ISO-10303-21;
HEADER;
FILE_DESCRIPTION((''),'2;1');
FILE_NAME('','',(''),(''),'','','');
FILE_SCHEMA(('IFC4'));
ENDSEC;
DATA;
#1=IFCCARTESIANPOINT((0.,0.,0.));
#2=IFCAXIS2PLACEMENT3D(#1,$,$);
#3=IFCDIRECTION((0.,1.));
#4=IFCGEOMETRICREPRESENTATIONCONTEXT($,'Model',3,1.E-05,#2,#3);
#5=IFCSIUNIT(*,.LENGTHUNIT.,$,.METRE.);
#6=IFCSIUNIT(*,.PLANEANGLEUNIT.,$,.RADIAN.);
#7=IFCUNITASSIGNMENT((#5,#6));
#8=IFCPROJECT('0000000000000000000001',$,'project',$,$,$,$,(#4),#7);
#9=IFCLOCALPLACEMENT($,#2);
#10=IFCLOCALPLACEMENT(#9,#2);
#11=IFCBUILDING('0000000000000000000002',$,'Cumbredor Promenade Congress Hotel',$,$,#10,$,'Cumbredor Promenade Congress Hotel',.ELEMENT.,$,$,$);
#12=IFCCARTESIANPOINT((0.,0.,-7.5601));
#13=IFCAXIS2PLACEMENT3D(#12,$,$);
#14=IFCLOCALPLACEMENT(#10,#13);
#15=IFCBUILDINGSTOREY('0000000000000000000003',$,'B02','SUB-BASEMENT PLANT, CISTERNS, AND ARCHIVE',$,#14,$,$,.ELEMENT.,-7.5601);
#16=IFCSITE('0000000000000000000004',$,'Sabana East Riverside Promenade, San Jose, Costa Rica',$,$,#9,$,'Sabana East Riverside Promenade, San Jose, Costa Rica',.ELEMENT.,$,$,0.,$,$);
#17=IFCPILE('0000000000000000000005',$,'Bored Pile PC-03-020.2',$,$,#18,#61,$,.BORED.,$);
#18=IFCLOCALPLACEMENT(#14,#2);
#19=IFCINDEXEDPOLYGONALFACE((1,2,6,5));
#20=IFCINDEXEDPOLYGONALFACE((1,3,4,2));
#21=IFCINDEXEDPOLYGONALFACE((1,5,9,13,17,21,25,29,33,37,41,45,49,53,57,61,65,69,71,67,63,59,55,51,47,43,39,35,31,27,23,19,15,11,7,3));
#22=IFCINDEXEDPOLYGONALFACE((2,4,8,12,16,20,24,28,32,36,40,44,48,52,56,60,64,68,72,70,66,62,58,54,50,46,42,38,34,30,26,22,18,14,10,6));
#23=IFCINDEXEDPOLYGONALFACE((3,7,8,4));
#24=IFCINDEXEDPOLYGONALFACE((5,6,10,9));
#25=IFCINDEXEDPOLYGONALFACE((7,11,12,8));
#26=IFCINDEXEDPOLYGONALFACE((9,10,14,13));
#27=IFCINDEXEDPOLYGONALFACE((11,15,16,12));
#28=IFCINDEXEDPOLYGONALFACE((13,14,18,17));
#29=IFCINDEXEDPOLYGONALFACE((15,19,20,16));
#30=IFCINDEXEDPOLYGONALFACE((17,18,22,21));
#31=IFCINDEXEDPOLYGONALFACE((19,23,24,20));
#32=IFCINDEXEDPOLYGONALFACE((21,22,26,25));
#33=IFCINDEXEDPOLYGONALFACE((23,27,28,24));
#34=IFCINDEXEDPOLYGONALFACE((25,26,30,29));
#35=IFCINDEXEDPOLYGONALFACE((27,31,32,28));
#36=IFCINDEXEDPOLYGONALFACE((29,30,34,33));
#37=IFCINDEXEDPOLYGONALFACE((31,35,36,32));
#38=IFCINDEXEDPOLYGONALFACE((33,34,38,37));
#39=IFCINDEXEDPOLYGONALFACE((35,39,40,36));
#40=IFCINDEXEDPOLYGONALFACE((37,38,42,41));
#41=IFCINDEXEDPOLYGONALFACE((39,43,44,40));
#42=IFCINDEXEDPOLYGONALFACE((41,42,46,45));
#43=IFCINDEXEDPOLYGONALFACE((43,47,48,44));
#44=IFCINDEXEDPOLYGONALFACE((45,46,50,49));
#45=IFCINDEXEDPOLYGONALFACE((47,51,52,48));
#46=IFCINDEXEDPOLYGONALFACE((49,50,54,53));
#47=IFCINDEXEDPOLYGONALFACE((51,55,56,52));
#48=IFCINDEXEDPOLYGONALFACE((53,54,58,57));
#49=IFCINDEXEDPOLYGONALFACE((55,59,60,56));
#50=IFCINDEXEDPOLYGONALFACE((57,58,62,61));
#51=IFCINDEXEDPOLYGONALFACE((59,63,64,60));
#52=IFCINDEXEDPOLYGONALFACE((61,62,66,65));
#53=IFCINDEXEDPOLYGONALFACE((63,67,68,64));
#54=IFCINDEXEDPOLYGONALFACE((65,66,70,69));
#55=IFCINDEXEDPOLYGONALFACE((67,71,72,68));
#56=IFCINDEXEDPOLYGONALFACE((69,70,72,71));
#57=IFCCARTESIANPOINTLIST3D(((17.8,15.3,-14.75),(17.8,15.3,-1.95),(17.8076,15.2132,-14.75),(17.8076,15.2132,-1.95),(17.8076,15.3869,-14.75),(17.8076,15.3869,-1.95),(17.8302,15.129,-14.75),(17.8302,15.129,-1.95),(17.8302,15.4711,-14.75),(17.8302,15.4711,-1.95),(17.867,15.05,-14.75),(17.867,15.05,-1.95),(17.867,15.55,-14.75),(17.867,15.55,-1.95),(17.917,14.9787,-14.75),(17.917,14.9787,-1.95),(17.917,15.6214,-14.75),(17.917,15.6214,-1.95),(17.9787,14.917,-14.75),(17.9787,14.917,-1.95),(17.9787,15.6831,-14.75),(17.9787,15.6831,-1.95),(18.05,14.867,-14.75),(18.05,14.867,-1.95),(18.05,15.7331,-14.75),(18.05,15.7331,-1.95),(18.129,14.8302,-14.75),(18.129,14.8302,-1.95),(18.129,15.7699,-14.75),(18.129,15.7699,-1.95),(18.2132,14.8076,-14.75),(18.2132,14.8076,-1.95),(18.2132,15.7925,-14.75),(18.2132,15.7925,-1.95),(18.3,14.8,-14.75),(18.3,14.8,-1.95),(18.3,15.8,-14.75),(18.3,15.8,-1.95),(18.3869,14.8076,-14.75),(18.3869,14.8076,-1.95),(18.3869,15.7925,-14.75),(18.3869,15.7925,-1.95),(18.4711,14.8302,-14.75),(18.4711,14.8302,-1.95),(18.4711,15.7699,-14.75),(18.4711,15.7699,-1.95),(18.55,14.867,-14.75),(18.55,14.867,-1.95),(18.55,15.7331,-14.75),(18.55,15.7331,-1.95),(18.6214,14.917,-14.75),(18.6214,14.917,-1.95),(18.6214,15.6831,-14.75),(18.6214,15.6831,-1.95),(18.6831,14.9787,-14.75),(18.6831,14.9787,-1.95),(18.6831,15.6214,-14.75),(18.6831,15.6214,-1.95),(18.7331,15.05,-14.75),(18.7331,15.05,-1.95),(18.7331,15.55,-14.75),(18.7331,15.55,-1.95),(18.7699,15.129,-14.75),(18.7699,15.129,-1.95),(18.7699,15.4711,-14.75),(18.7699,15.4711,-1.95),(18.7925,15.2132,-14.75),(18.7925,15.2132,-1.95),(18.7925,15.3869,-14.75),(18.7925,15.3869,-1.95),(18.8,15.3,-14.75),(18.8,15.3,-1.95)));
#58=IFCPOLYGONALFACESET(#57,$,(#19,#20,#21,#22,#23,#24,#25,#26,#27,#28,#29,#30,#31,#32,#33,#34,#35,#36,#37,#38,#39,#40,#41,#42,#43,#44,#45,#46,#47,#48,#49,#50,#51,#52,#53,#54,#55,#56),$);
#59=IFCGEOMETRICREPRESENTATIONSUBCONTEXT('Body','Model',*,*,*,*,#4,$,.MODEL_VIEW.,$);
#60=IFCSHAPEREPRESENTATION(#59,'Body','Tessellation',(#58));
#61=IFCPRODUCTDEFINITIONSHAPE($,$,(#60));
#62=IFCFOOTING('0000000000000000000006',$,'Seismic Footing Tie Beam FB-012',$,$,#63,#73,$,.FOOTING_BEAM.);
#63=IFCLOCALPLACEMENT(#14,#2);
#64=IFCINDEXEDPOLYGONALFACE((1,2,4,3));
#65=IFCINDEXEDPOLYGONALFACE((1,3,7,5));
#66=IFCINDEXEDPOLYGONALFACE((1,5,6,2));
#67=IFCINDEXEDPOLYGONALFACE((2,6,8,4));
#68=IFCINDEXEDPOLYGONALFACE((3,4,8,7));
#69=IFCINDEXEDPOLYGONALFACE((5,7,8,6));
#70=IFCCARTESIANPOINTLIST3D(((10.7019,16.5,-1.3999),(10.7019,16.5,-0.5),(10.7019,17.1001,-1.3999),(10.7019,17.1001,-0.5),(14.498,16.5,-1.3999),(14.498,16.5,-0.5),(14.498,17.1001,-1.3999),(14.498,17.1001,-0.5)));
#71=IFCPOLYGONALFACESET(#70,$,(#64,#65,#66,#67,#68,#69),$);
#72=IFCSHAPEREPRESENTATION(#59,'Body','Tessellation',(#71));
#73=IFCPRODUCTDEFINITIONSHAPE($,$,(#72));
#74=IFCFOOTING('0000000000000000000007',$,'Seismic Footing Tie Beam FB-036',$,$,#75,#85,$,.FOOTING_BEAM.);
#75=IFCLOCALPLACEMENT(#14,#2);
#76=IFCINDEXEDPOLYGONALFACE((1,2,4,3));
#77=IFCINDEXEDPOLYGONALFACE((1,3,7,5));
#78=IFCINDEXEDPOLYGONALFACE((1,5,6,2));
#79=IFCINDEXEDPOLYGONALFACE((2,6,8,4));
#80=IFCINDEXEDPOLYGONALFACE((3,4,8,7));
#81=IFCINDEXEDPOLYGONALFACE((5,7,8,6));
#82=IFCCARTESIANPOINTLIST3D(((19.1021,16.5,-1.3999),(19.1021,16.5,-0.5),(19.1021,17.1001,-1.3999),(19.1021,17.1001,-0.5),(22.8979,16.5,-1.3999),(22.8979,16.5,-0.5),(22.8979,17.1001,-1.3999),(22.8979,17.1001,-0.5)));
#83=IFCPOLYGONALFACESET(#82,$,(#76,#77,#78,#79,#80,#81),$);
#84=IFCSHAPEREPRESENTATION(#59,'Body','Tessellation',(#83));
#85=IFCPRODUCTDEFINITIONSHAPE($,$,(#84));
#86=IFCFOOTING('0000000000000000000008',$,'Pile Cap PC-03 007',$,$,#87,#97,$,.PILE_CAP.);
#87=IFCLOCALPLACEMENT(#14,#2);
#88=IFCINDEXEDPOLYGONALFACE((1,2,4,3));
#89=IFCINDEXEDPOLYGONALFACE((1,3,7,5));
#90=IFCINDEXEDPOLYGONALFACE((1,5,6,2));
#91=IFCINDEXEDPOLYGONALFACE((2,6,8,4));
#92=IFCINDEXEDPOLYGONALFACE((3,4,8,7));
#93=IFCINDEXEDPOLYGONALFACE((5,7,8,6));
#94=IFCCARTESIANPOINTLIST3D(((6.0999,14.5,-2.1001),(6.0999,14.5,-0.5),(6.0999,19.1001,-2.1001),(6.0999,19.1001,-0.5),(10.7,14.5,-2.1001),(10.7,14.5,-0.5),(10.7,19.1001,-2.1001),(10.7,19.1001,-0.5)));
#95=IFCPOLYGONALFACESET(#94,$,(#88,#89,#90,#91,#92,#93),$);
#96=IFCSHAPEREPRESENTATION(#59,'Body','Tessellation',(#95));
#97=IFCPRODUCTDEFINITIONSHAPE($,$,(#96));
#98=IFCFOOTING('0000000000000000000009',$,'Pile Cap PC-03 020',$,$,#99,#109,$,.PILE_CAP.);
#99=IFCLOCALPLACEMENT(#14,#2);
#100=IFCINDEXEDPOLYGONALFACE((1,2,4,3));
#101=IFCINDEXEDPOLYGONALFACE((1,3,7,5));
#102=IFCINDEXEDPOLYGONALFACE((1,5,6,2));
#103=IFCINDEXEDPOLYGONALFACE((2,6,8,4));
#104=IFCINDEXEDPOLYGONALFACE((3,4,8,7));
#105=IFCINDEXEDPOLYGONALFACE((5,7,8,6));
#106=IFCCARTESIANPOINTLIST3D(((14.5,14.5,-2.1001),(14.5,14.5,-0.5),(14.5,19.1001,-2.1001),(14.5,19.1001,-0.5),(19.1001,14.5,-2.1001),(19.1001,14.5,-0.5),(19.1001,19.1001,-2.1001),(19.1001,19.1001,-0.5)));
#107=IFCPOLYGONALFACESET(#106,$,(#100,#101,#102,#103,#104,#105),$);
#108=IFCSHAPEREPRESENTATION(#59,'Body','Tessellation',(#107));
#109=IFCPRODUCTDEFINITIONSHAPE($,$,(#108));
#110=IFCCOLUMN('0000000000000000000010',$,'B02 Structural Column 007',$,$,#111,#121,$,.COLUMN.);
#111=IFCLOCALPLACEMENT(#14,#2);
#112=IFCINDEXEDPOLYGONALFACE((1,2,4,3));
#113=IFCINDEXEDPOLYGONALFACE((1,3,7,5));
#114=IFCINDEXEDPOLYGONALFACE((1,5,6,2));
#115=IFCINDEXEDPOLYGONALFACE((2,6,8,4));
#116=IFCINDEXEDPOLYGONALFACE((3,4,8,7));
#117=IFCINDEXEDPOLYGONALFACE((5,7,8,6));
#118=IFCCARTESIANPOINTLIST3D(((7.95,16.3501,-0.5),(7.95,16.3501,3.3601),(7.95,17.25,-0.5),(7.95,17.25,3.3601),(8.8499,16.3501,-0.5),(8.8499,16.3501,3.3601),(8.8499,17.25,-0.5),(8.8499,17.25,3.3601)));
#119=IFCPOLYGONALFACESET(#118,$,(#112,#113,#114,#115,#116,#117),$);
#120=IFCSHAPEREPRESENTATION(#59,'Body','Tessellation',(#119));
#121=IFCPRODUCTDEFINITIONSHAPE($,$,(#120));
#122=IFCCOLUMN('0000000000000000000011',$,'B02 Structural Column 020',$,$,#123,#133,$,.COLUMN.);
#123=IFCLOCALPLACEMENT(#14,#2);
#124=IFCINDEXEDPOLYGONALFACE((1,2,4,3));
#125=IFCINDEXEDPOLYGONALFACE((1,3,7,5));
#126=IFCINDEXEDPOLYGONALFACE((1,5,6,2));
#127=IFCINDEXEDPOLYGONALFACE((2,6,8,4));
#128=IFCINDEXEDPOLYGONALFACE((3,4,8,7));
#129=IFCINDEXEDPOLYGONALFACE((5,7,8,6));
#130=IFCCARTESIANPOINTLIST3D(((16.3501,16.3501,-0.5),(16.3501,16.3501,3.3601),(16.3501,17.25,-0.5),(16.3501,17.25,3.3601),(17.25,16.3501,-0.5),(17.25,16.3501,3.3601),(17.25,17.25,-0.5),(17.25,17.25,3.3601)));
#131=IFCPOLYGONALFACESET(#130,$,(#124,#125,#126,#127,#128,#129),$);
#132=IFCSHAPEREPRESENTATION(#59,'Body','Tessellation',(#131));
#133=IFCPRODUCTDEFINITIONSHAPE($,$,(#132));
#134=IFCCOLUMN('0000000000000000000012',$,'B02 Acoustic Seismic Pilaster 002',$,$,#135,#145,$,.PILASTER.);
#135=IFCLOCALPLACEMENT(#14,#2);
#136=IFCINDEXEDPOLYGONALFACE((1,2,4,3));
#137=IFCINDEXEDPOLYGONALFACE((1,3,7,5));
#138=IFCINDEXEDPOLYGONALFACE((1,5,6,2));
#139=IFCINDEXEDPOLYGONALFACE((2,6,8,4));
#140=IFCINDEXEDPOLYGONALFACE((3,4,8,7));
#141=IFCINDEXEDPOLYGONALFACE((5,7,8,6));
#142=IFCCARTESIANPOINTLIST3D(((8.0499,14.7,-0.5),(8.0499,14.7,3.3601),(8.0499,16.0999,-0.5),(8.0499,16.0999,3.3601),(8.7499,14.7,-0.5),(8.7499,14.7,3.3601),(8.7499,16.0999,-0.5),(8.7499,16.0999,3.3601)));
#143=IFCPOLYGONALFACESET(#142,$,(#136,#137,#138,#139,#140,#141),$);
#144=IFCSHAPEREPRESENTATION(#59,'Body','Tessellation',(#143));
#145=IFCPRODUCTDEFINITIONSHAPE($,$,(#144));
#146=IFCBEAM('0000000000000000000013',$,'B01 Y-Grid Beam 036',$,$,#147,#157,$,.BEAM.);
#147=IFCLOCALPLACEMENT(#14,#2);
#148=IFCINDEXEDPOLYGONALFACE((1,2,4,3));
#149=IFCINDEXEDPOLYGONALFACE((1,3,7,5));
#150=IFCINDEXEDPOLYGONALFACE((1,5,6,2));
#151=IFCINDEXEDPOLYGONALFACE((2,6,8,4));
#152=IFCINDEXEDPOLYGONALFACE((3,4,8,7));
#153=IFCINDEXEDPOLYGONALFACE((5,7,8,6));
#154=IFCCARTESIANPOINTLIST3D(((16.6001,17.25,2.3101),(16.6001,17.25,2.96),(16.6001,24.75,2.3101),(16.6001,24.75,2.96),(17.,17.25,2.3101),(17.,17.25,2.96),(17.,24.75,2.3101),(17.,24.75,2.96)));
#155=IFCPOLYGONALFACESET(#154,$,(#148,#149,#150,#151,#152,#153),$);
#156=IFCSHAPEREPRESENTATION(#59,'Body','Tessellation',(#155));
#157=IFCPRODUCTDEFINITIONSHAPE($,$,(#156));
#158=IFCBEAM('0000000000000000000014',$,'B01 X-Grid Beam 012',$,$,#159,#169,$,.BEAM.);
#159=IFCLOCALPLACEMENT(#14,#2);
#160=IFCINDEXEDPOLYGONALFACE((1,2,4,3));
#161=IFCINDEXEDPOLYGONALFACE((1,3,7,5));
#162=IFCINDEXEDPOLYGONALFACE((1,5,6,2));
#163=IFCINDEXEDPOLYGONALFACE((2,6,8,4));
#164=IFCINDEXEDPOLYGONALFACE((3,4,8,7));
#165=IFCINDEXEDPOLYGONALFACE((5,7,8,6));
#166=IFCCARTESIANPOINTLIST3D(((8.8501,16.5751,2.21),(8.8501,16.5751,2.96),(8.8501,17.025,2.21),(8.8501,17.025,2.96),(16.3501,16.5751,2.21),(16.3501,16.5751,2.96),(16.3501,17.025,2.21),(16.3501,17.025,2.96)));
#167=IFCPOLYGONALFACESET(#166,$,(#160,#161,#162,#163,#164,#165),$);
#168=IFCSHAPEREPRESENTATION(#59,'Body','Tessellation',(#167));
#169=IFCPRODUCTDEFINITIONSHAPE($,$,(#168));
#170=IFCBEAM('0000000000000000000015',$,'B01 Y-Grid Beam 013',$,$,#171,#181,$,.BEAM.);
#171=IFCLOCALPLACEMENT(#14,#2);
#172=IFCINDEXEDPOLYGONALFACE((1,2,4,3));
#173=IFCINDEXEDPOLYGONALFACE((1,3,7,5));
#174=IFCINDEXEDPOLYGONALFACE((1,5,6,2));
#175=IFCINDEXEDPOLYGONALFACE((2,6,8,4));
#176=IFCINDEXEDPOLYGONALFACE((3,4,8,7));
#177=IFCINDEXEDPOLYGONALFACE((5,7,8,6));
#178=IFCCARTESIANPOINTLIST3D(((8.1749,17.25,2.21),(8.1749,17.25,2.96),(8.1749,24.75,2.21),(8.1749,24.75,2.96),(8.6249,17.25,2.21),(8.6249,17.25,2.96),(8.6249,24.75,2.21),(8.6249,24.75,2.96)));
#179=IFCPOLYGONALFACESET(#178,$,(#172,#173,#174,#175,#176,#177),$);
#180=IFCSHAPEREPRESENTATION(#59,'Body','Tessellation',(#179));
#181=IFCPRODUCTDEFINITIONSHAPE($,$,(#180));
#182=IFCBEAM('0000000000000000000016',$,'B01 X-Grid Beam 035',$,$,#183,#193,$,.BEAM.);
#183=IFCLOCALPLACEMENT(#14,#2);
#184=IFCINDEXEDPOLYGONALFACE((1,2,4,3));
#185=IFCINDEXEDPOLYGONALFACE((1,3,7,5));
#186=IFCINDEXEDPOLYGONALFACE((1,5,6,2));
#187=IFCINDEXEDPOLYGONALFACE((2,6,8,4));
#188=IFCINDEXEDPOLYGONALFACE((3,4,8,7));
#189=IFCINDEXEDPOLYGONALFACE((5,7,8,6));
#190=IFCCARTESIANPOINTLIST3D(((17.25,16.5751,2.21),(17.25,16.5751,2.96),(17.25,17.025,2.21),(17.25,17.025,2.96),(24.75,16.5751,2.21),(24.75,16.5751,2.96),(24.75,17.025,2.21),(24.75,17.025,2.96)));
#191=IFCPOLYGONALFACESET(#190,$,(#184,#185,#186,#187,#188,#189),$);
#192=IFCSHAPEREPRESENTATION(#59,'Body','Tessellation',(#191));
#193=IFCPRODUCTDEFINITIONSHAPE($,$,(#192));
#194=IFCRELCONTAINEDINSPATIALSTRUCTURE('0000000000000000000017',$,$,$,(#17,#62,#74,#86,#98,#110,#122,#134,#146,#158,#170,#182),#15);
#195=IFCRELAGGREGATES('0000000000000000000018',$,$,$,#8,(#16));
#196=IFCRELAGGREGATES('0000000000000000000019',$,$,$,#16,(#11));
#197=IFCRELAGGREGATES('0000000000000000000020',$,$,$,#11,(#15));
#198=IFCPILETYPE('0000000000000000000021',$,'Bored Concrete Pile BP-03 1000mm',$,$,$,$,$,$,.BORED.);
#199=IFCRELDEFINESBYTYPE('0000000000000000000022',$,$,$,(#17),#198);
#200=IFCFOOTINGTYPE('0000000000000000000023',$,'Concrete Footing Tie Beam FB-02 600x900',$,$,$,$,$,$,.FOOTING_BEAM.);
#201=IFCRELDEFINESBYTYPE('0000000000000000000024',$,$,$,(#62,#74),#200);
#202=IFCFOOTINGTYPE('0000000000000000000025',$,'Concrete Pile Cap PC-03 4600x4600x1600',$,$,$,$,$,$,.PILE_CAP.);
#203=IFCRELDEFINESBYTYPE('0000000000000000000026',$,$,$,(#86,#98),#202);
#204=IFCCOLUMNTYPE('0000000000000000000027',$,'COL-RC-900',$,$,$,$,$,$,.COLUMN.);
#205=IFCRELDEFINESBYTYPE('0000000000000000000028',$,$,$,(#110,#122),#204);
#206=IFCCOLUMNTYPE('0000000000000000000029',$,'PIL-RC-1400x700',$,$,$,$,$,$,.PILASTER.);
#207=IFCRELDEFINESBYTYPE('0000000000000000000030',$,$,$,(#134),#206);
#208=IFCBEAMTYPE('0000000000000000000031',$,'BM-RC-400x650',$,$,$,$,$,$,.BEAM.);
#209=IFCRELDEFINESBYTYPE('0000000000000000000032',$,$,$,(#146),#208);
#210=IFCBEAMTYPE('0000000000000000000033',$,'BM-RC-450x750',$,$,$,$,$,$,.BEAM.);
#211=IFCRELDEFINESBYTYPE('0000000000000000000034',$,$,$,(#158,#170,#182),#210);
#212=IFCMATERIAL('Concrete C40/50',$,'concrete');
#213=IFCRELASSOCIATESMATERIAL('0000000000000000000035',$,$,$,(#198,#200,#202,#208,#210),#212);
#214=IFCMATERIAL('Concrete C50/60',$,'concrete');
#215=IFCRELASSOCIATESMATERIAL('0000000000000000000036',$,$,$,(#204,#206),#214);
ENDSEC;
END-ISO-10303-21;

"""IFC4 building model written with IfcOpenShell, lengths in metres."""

from ifc_helpers import new_model, si_unit, direction, frame, origin, origin_2d, place, context, subcontext, project, spatial, rectangle, circle, extrude, material, material_profile, profile_set, type_object, element, save


model = new_model("IFC4")

# Units and contexts
model_context = context("Model", 3, precision=1e-05, world=origin(), true_north=direction((0.0, 1.0)))
body_context = subcontext(model_context, "Body", "Model", "MODEL_VIEW")
ifc_project = project(units=[si_unit("LENGTHUNIT", "METRE"), si_unit("PLANEANGLEUNIT", "RADIAN")], contexts=[model_context])

# Site, building, storey
site_placement = place(None, origin())
site = spatial("IfcSite", under=ifc_project, at=site_placement, Name="Sabana East Riverside Promenade, San Jose, Costa Rica", LongName="Sabana East Riverside Promenade, San Jose, Costa Rica", CompositionType="ELEMENT", RefElevation=0.0)
building_placement = place(site_placement, origin())
building = spatial("IfcBuilding", under=site, at=building_placement, Name="Cumbredor Promenade Congress Hotel", LongName="Cumbredor Promenade Congress Hotel", CompositionType="ELEMENT")
storey_placement = place(building_placement, frame((0.0, 0.0, -7.5601)))
storey = spatial("IfcBuildingStorey", under=building, at=storey_placement, Name="B02", Description="SUB-BASEMENT PLANT, CISTERNS, AND ARCHIVE", CompositionType="ELEMENT", Elevation=-7.5601)

# Pile
ifc_material_1 = material(Name="Concrete C40/50", Category="concrete")
ifc_material_profile_1 = material_profile(ifc_material_1, circle(Radius=0.5, at=origin_2d()), Name="PILE D1000")
ifc_profile_set_1 = profile_set([ifc_material_profile_1], Name="Concrete C40/50")
pile_type = type_object("IfcPileType", Name="Bored Concrete Pile BP-03 1000mm", PredefinedType="BORED", material=ifc_profile_set_1)
for number, where, z_axis, x_axis, name in (
    (1, (18.3, 15.3, -1.95), (0.0, 0.0, -1.0), (1.0, 0.0, 0.0), "Bored Pile PC-03-020.2"),
):
    element("IfcPile", number, at=place(storey_placement, frame(where, z_axis=z_axis, x_axis=x_axis)), inside=storey, type_object=pile_type, Name=name, PredefinedType="BORED", context=body_context, shape_type="SweptSolid", body=[
        extrude(circle(Radius=0.5, at=origin_2d()), origin(), (0.0, 0.0, 1.0), 12.8),
    ])

# Footings
ifc_material_profile_2 = material_profile(ifc_material_1, rectangle(XDim=0.6001, YDim=0.8999, at=origin_2d()), Name="FB 600x900")
ifc_profile_set_2 = profile_set([ifc_material_profile_2], Name="Concrete C40/50")
footing_type_1 = type_object("IfcFootingType", Name="Concrete Footing Tie Beam FB-02 600x900", PredefinedType="FOOTING_BEAM", material=ifc_profile_set_2)
footing_1_placement = place(storey_placement, frame((10.7019, 16.8, -0.95), z_axis=(1.0, 0.0, 0.0), x_axis=(0.0, 1.0, 0.0)))
element("IfcFooting", 2, at=footing_1_placement, inside=storey, type_object=footing_type_1, Name="Seismic Footing Tie Beam FB-012", PredefinedType="FOOTING_BEAM", context=body_context, shape_type="SweptSolid", body=[
    extrude(rectangle(XDim=0.6001, YDim=0.8999, at=origin_2d()), origin(), (0.0, 0.0, 1.0), 3.7961),
])
footing_2_placement = place(storey_placement, frame((19.1021, 16.8, -0.95), z_axis=(1.0, 0.0, 0.0), x_axis=(0.0, 1.0, 0.0)))
element("IfcFooting", 3, at=footing_2_placement, inside=storey, type_object=footing_type_1, Name="Seismic Footing Tie Beam FB-036", PredefinedType="FOOTING_BEAM", context=body_context, shape_type="SweptSolid", body=[
    extrude(rectangle(XDim=0.6001, YDim=0.8999, at=origin_2d()), origin(), (0.0, 0.0, 1.0), 3.7959),
])
footing_type_2 = type_object("IfcFootingType", Name="Concrete Pile Cap PC-03 4600x4600x1600", PredefinedType="PILE_CAP", material=ifc_material_1)
for number, where, z_axis, x_axis, name in (
    (4, (8.3999, 16.8, -2.1001), (0.0, 0.0, 1.0), (1.0, 0.0, 0.0), "Pile Cap PC-03 007"),
    (5, (16.8, 16.8, -2.1001), (0.0, 0.0, 1.0), (1.0, 0.0, 0.0), "Pile Cap PC-03 020"),
):
    element("IfcFooting", number, at=place(storey_placement, frame(where, z_axis=z_axis, x_axis=x_axis)), inside=storey, type_object=footing_type_2, Name=name, PredefinedType="PILE_CAP", context=body_context, shape_type="SweptSolid", body=[
        extrude(rectangle(XDim=4.6001, YDim=4.6001, at=origin_2d()), origin(), (0.0, 0.0, 1.0), 1.6001),
    ])

# Columns
ifc_material_2 = material(Name="Concrete C50/60", Category="concrete")
ifc_material_profile_3 = material_profile(ifc_material_2, rectangle(XDim=0.8999, YDim=0.8999, at=origin_2d()), Name="RC 900x900")
ifc_profile_set_3 = profile_set([ifc_material_profile_3], Name="Concrete C50/60")
column_type_1 = type_object("IfcColumnType", Name="COL-RC-900", PredefinedType="COLUMN", material=ifc_profile_set_3)
for number, where, z_axis, x_axis, name in (
    (6, (8.3999, 16.8, -0.5), (0.0, 0.0, 1.0), (1.0, 0.0, 0.0), "B02 Structural Column 007"),
    (7, (16.8, 16.8, -0.5), (0.0, 0.0, 1.0), (1.0, 0.0, 0.0), "B02 Structural Column 020"),
):
    element("IfcColumn", number, at=place(storey_placement, frame(where, z_axis=z_axis, x_axis=x_axis)), inside=storey, type_object=column_type_1, Name=name, PredefinedType="COLUMN", context=body_context, shape_type="SweptSolid", body=[
        extrude(rectangle(XDim=0.8999, YDim=0.8999, at=origin_2d()), origin(), (0.0, 0.0, 1.0), 3.8601),
    ])
ifc_material_profile_4 = material_profile(ifc_material_2, rectangle(XDim=0.7, YDim=1.3999, at=origin_2d()), Name="RC PILASTER 1400x700")
ifc_profile_set_4 = profile_set([ifc_material_profile_4], Name="Concrete C50/60")
column_type_2 = type_object("IfcColumnType", Name="PIL-RC-1400x700", PredefinedType="PILASTER", material=ifc_profile_set_4)
column_placement = place(storey_placement, frame((8.3999, 15.3999, -0.5), z_axis=(0.0, 0.0, 1.0), x_axis=(1.0, 0.0, 0.0)))
element("IfcColumn", 8, at=column_placement, inside=storey, type_object=column_type_2, Name="B02 Acoustic Seismic Pilaster 002", PredefinedType="PILASTER", context=body_context, shape_type="SweptSolid", body=[
    extrude(rectangle(XDim=0.7, YDim=1.3999, at=origin_2d()), origin(), (0.0, 0.0, 1.0), 3.8601),
])

# Beams
ifc_material_profile_5 = material_profile(ifc_material_1, rectangle(XDim=0.3999, YDim=0.6499, at=origin_2d()), Name="RC BEAM 400x650")
ifc_profile_set_5 = profile_set([ifc_material_profile_5], Name="Concrete C40/50")
beam_type_1 = type_object("IfcBeamType", Name="BM-RC-400x650", PredefinedType="BEAM", material=ifc_profile_set_5)
beam_placement = place(storey_placement, frame((16.8, 17.25, 2.635), z_axis=(0.0, 1.0, 0.0), x_axis=(-1.0, 0.0, 0.0)))
element("IfcBeam", 9, at=beam_placement, inside=storey, type_object=beam_type_1, Name="B01 Y-Grid Beam 036", PredefinedType="BEAM", context=body_context, shape_type="SweptSolid", body=[
    extrude(rectangle(XDim=0.3999, YDim=0.6499, at=origin_2d()), origin(), (0.0, 0.0, 1.0), 7.5),
])
ifc_material_profile_6 = material_profile(ifc_material_1, rectangle(XDim=0.45, YDim=0.75, at=origin_2d()), Name="RC BEAM 450x750")
ifc_profile_set_6 = profile_set([ifc_material_profile_6], Name="Concrete C40/50")
beam_type_2 = type_object("IfcBeamType", Name="BM-RC-450x750", PredefinedType="BEAM", material=ifc_profile_set_6)
for number, where, z_axis, x_axis, name in (
    (10, (8.8501, 16.8, 2.585), (1.0, 0.0, 0.0), (0.0, 1.0, 0.0), "B01 X-Grid Beam 012"),
    (11, (8.3999, 17.25, 2.585), (0.0, 1.0, 0.0), (-1.0, 0.0, 0.0), "B01 Y-Grid Beam 013"),
    (12, (17.25, 16.8, 2.585), (1.0, 0.0, 0.0), (0.0, 1.0, 0.0), "B01 X-Grid Beam 035"),
):
    element("IfcBeam", number, at=place(storey_placement, frame(where, z_axis=z_axis, x_axis=x_axis)), inside=storey, type_object=beam_type_2, Name=name, PredefinedType="BEAM", context=body_context, shape_type="SweptSolid", body=[
        extrude(rectangle(XDim=0.45, YDim=0.75, at=origin_2d()), origin(), (0.0, 0.0, 1.0), 7.5),
    ])

save(model, "model.ifc")
